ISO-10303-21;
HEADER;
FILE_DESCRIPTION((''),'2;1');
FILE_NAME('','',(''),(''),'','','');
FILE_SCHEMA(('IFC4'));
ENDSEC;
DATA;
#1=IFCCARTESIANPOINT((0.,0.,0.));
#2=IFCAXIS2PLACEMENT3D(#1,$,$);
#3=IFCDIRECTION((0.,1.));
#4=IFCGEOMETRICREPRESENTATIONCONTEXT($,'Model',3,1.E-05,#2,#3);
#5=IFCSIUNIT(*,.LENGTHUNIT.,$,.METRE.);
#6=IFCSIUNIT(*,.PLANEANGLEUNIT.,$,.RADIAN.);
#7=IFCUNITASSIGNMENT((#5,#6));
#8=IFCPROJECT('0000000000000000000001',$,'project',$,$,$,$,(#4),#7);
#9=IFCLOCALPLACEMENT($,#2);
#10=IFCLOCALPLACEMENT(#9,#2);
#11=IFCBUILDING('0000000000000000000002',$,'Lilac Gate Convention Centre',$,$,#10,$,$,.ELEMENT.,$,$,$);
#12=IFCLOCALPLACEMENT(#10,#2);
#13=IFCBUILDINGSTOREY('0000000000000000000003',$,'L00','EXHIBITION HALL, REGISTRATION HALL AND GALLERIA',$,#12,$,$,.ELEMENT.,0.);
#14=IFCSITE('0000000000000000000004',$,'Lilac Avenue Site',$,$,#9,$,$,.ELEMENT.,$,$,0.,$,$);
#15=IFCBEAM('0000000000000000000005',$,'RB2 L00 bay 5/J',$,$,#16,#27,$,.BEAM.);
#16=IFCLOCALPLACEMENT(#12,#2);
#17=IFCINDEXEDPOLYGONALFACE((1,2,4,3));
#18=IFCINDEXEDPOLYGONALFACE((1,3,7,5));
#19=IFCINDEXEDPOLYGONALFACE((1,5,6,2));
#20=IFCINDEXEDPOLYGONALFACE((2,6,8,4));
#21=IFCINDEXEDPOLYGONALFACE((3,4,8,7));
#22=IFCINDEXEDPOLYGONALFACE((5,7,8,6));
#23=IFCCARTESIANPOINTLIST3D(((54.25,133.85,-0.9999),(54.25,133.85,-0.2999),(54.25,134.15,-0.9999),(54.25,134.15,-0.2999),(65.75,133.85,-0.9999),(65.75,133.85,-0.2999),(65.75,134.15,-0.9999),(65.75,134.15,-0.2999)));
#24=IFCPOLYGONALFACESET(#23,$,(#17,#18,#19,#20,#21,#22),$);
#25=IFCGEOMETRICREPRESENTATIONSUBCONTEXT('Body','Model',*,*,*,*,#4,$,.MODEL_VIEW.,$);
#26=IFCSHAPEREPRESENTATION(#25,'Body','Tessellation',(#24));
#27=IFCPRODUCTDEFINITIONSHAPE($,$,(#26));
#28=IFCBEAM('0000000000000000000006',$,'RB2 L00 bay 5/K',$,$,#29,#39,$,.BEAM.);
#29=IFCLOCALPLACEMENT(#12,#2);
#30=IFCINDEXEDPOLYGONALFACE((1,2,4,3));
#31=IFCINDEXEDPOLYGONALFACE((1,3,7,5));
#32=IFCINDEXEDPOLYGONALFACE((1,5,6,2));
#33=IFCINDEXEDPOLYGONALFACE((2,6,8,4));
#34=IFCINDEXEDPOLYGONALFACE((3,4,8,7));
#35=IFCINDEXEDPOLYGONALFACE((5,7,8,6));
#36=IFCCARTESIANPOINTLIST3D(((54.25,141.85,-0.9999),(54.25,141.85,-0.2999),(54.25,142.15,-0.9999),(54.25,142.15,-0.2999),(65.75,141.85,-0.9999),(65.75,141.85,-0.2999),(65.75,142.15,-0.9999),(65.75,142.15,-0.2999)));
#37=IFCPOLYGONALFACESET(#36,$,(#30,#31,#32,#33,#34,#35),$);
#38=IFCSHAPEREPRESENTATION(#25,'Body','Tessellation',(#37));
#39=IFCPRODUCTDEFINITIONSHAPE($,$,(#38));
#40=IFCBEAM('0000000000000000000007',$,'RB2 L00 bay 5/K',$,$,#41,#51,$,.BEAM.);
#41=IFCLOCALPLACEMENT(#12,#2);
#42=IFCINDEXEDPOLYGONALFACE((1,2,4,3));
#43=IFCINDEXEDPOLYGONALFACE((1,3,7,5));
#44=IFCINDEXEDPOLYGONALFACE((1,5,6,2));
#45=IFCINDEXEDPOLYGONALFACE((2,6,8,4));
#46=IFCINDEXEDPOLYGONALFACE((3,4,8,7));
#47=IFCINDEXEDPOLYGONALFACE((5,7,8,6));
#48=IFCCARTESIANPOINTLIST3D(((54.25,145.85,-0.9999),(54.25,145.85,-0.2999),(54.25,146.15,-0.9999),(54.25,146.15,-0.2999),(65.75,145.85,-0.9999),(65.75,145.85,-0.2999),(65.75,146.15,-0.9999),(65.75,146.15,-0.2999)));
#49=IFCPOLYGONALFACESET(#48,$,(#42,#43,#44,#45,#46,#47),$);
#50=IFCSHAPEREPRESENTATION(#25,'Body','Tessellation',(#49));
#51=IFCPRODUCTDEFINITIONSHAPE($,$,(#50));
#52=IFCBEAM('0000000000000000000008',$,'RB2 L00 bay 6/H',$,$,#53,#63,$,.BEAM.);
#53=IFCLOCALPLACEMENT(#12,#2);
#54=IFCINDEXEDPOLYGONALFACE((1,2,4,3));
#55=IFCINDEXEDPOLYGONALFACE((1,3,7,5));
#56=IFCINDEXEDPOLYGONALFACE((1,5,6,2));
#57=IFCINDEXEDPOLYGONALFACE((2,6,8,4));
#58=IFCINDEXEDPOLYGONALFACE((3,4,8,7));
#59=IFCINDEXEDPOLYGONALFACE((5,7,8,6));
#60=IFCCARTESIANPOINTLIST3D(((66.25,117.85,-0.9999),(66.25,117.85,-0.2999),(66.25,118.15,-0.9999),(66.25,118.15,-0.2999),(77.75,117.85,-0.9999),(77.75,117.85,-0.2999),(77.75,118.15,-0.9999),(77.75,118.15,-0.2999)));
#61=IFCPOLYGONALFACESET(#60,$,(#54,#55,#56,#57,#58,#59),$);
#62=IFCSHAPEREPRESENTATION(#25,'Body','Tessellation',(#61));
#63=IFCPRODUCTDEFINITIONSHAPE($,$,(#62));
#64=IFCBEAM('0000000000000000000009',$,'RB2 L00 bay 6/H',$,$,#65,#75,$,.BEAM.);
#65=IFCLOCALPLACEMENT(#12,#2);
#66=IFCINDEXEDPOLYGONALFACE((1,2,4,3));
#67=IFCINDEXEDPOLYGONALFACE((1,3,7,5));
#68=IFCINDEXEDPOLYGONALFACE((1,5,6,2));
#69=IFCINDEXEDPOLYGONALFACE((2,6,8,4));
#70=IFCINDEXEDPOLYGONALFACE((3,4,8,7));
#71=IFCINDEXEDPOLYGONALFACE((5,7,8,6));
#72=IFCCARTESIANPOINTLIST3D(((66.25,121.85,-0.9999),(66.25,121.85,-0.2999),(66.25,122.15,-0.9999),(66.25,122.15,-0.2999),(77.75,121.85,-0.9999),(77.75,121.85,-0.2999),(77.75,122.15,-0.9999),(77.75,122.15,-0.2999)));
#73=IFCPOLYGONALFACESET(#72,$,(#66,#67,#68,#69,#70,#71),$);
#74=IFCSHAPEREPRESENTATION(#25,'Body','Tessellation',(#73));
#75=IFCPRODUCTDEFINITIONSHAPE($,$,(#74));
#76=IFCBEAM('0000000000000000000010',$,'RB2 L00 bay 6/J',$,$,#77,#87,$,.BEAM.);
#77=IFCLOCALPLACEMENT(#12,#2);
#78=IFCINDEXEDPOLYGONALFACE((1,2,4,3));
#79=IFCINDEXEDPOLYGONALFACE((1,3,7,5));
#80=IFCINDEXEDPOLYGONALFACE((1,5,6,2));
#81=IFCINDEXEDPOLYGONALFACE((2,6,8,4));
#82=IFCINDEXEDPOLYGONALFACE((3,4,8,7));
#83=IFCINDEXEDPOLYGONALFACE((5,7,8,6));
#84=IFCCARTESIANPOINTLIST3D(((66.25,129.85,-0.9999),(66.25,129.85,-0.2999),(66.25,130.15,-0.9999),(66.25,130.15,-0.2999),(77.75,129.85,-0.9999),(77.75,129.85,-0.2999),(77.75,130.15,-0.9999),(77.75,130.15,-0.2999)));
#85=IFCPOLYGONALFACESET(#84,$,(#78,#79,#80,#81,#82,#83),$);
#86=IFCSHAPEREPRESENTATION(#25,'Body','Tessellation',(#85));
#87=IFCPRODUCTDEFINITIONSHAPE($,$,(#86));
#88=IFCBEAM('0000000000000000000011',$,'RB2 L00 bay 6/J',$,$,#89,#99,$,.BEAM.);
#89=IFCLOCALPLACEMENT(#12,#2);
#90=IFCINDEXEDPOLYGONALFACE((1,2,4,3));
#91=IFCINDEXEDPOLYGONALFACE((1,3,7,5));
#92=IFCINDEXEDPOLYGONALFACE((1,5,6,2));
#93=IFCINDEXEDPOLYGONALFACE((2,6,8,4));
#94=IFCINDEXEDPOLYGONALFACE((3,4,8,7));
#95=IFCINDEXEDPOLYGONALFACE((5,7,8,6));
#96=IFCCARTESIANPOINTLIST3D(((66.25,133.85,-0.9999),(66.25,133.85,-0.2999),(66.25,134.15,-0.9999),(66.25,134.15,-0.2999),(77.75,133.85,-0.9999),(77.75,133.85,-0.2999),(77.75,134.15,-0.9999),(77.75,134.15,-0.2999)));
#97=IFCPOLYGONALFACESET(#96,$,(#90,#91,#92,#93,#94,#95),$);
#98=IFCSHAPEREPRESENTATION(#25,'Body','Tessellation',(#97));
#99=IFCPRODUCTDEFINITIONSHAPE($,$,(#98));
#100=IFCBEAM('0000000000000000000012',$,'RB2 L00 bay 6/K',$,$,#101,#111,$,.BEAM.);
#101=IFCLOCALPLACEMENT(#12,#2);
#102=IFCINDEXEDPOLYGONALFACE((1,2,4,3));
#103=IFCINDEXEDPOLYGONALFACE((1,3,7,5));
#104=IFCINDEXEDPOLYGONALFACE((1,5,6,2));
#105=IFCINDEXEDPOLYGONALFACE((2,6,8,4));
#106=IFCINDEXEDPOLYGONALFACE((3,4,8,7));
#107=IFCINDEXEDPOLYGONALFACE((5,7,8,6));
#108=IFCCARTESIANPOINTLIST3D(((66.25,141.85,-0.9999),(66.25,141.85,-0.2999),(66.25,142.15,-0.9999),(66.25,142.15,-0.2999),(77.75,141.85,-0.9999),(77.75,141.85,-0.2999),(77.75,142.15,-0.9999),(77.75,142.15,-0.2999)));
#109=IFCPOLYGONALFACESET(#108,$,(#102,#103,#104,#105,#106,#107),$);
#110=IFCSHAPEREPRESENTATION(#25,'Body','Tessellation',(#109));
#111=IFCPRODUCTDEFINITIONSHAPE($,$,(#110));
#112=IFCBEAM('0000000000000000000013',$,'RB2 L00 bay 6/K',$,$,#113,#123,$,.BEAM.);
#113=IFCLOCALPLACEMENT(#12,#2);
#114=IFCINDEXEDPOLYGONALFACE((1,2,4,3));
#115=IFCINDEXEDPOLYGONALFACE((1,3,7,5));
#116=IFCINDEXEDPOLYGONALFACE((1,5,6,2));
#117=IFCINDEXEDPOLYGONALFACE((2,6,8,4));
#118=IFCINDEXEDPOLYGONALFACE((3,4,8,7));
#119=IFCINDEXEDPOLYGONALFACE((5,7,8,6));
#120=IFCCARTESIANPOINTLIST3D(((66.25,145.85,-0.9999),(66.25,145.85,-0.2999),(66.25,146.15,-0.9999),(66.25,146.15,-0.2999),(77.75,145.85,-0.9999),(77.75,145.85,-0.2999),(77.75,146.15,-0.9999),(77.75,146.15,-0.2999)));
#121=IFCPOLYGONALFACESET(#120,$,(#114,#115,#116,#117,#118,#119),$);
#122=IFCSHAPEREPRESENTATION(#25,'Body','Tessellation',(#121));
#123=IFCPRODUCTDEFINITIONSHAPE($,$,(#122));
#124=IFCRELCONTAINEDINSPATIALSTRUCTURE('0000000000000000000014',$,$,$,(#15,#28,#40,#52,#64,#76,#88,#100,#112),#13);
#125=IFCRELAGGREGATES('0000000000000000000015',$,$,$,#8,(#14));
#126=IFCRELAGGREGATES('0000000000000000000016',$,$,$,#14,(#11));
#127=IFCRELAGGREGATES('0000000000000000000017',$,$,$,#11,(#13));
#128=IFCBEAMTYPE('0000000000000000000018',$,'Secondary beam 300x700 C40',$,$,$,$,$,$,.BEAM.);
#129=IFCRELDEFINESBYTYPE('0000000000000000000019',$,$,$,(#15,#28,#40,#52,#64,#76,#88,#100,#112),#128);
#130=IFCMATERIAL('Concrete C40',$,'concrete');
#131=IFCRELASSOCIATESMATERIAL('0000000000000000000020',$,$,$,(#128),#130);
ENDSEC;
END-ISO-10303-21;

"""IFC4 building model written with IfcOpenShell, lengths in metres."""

from ifc_helpers import new_model, si_unit, direction, frame, origin, origin_2d, place, context, subcontext, project, spatial, rectangle, extrude, material, material_profile, profile_set, type_object, element, save


model = new_model("IFC4")

# Units and contexts
model_context = context("Model", 3, precision=1e-05, world=origin(), true_north=direction((0.0, 1.0)))
body_context = subcontext(model_context, "Body", "Model", "MODEL_VIEW")
ifc_project = project(units=[si_unit("LENGTHUNIT", "METRE"), si_unit("PLANEANGLEUNIT", "RADIAN")], contexts=[model_context])

# Site, building, storey
site_placement = place(None, origin())
site = spatial("IfcSite", under=ifc_project, at=site_placement, Name="Lilac Avenue Site", CompositionType="ELEMENT", RefElevation=0.0)
building_placement = place(site_placement, origin())
building = spatial("IfcBuilding", under=site, at=building_placement, Name="Lilac Gate Convention Centre", CompositionType="ELEMENT")
storey_placement = place(building_placement, origin())
storey = spatial("IfcBuildingStorey", under=building, at=storey_placement, Name="L00", Description="EXHIBITION HALL, REGISTRATION HALL AND GALLERIA", CompositionType="ELEMENT", Elevation=0.0)

# Shared definitions
ifc_material = material(Name="Concrete C40", Category="concrete")

# Beams
ifc_material_profile_1 = material_profile(ifc_material, rectangle(XDim=0.3, YDim=0.7, at=origin_2d()), Name="RC 300x700")
ifc_profile_set_1 = profile_set([ifc_material_profile_1], Name="Concrete C40")
beam_type_1 = type_object("IfcBeamType", Name="Secondary beam 300x700 C40", PredefinedType="BEAM", material=ifc_profile_set_1)
for number, where, z_axis, x_axis, name in (
    (1, (54.25, 134.0, -0.6499), (1.0, 0.0, 0.0), (0.0, 1.0, 0.0), "RB2 L00 bay 5/J"),
    (2, (54.25, 142.0, -0.6499), (1.0, 0.0, 0.0), (0.0, 1.0, 0.0), "RB2 L00 bay 5/K"),
    (3, (54.25, 146.0, -0.6499), (1.0, 0.0, 0.0), (0.0, 1.0, 0.0), "RB2 L00 bay 5/K"),
    (4, (66.25, 118.0, -0.6499), (1.0, 0.0, 0.0), (0.0, 1.0, 0.0), "RB2 L00 bay 6/H"),
    (5, (66.25, 122.0, -0.6499), (1.0, 0.0, 0.0), (0.0, 1.0, 0.0), "RB2 L00 bay 6/H"),
    (6, (66.25, 130.0, -0.6499), (1.0, 0.0, 0.0), (0.0, 1.0, 0.0), "RB2 L00 bay 6/J"),
    (7, (66.25, 134.0, -0.6499), (1.0, 0.0, 0.0), (0.0, 1.0, 0.0), "RB2 L00 bay 6/J"),
    (8, (66.25, 142.0, -0.6499), (1.0, 0.0, 0.0), (0.0, 1.0, 0.0), "RB2 L00 bay 6/K"),
    (9, (66.25, 146.0, -0.6499), (1.0, 0.0, 0.0), (0.0, 1.0, 0.0), "RB2 L00 bay 6/K"),
):
    element("IfcBeam", number, at=place(storey_placement, frame(where, z_axis=z_axis, x_axis=x_axis)), inside=storey, type_object=beam_type_1, Name=name, PredefinedType="BEAM", context=body_context, shape_type="SweptSolid", body=[
        extrude(rectangle(XDim=0.3, YDim=0.7, at=origin_2d()), origin(), (0.0, 0.0, 1.0), 11.5),
    ])

save(model, "model.ifc")
